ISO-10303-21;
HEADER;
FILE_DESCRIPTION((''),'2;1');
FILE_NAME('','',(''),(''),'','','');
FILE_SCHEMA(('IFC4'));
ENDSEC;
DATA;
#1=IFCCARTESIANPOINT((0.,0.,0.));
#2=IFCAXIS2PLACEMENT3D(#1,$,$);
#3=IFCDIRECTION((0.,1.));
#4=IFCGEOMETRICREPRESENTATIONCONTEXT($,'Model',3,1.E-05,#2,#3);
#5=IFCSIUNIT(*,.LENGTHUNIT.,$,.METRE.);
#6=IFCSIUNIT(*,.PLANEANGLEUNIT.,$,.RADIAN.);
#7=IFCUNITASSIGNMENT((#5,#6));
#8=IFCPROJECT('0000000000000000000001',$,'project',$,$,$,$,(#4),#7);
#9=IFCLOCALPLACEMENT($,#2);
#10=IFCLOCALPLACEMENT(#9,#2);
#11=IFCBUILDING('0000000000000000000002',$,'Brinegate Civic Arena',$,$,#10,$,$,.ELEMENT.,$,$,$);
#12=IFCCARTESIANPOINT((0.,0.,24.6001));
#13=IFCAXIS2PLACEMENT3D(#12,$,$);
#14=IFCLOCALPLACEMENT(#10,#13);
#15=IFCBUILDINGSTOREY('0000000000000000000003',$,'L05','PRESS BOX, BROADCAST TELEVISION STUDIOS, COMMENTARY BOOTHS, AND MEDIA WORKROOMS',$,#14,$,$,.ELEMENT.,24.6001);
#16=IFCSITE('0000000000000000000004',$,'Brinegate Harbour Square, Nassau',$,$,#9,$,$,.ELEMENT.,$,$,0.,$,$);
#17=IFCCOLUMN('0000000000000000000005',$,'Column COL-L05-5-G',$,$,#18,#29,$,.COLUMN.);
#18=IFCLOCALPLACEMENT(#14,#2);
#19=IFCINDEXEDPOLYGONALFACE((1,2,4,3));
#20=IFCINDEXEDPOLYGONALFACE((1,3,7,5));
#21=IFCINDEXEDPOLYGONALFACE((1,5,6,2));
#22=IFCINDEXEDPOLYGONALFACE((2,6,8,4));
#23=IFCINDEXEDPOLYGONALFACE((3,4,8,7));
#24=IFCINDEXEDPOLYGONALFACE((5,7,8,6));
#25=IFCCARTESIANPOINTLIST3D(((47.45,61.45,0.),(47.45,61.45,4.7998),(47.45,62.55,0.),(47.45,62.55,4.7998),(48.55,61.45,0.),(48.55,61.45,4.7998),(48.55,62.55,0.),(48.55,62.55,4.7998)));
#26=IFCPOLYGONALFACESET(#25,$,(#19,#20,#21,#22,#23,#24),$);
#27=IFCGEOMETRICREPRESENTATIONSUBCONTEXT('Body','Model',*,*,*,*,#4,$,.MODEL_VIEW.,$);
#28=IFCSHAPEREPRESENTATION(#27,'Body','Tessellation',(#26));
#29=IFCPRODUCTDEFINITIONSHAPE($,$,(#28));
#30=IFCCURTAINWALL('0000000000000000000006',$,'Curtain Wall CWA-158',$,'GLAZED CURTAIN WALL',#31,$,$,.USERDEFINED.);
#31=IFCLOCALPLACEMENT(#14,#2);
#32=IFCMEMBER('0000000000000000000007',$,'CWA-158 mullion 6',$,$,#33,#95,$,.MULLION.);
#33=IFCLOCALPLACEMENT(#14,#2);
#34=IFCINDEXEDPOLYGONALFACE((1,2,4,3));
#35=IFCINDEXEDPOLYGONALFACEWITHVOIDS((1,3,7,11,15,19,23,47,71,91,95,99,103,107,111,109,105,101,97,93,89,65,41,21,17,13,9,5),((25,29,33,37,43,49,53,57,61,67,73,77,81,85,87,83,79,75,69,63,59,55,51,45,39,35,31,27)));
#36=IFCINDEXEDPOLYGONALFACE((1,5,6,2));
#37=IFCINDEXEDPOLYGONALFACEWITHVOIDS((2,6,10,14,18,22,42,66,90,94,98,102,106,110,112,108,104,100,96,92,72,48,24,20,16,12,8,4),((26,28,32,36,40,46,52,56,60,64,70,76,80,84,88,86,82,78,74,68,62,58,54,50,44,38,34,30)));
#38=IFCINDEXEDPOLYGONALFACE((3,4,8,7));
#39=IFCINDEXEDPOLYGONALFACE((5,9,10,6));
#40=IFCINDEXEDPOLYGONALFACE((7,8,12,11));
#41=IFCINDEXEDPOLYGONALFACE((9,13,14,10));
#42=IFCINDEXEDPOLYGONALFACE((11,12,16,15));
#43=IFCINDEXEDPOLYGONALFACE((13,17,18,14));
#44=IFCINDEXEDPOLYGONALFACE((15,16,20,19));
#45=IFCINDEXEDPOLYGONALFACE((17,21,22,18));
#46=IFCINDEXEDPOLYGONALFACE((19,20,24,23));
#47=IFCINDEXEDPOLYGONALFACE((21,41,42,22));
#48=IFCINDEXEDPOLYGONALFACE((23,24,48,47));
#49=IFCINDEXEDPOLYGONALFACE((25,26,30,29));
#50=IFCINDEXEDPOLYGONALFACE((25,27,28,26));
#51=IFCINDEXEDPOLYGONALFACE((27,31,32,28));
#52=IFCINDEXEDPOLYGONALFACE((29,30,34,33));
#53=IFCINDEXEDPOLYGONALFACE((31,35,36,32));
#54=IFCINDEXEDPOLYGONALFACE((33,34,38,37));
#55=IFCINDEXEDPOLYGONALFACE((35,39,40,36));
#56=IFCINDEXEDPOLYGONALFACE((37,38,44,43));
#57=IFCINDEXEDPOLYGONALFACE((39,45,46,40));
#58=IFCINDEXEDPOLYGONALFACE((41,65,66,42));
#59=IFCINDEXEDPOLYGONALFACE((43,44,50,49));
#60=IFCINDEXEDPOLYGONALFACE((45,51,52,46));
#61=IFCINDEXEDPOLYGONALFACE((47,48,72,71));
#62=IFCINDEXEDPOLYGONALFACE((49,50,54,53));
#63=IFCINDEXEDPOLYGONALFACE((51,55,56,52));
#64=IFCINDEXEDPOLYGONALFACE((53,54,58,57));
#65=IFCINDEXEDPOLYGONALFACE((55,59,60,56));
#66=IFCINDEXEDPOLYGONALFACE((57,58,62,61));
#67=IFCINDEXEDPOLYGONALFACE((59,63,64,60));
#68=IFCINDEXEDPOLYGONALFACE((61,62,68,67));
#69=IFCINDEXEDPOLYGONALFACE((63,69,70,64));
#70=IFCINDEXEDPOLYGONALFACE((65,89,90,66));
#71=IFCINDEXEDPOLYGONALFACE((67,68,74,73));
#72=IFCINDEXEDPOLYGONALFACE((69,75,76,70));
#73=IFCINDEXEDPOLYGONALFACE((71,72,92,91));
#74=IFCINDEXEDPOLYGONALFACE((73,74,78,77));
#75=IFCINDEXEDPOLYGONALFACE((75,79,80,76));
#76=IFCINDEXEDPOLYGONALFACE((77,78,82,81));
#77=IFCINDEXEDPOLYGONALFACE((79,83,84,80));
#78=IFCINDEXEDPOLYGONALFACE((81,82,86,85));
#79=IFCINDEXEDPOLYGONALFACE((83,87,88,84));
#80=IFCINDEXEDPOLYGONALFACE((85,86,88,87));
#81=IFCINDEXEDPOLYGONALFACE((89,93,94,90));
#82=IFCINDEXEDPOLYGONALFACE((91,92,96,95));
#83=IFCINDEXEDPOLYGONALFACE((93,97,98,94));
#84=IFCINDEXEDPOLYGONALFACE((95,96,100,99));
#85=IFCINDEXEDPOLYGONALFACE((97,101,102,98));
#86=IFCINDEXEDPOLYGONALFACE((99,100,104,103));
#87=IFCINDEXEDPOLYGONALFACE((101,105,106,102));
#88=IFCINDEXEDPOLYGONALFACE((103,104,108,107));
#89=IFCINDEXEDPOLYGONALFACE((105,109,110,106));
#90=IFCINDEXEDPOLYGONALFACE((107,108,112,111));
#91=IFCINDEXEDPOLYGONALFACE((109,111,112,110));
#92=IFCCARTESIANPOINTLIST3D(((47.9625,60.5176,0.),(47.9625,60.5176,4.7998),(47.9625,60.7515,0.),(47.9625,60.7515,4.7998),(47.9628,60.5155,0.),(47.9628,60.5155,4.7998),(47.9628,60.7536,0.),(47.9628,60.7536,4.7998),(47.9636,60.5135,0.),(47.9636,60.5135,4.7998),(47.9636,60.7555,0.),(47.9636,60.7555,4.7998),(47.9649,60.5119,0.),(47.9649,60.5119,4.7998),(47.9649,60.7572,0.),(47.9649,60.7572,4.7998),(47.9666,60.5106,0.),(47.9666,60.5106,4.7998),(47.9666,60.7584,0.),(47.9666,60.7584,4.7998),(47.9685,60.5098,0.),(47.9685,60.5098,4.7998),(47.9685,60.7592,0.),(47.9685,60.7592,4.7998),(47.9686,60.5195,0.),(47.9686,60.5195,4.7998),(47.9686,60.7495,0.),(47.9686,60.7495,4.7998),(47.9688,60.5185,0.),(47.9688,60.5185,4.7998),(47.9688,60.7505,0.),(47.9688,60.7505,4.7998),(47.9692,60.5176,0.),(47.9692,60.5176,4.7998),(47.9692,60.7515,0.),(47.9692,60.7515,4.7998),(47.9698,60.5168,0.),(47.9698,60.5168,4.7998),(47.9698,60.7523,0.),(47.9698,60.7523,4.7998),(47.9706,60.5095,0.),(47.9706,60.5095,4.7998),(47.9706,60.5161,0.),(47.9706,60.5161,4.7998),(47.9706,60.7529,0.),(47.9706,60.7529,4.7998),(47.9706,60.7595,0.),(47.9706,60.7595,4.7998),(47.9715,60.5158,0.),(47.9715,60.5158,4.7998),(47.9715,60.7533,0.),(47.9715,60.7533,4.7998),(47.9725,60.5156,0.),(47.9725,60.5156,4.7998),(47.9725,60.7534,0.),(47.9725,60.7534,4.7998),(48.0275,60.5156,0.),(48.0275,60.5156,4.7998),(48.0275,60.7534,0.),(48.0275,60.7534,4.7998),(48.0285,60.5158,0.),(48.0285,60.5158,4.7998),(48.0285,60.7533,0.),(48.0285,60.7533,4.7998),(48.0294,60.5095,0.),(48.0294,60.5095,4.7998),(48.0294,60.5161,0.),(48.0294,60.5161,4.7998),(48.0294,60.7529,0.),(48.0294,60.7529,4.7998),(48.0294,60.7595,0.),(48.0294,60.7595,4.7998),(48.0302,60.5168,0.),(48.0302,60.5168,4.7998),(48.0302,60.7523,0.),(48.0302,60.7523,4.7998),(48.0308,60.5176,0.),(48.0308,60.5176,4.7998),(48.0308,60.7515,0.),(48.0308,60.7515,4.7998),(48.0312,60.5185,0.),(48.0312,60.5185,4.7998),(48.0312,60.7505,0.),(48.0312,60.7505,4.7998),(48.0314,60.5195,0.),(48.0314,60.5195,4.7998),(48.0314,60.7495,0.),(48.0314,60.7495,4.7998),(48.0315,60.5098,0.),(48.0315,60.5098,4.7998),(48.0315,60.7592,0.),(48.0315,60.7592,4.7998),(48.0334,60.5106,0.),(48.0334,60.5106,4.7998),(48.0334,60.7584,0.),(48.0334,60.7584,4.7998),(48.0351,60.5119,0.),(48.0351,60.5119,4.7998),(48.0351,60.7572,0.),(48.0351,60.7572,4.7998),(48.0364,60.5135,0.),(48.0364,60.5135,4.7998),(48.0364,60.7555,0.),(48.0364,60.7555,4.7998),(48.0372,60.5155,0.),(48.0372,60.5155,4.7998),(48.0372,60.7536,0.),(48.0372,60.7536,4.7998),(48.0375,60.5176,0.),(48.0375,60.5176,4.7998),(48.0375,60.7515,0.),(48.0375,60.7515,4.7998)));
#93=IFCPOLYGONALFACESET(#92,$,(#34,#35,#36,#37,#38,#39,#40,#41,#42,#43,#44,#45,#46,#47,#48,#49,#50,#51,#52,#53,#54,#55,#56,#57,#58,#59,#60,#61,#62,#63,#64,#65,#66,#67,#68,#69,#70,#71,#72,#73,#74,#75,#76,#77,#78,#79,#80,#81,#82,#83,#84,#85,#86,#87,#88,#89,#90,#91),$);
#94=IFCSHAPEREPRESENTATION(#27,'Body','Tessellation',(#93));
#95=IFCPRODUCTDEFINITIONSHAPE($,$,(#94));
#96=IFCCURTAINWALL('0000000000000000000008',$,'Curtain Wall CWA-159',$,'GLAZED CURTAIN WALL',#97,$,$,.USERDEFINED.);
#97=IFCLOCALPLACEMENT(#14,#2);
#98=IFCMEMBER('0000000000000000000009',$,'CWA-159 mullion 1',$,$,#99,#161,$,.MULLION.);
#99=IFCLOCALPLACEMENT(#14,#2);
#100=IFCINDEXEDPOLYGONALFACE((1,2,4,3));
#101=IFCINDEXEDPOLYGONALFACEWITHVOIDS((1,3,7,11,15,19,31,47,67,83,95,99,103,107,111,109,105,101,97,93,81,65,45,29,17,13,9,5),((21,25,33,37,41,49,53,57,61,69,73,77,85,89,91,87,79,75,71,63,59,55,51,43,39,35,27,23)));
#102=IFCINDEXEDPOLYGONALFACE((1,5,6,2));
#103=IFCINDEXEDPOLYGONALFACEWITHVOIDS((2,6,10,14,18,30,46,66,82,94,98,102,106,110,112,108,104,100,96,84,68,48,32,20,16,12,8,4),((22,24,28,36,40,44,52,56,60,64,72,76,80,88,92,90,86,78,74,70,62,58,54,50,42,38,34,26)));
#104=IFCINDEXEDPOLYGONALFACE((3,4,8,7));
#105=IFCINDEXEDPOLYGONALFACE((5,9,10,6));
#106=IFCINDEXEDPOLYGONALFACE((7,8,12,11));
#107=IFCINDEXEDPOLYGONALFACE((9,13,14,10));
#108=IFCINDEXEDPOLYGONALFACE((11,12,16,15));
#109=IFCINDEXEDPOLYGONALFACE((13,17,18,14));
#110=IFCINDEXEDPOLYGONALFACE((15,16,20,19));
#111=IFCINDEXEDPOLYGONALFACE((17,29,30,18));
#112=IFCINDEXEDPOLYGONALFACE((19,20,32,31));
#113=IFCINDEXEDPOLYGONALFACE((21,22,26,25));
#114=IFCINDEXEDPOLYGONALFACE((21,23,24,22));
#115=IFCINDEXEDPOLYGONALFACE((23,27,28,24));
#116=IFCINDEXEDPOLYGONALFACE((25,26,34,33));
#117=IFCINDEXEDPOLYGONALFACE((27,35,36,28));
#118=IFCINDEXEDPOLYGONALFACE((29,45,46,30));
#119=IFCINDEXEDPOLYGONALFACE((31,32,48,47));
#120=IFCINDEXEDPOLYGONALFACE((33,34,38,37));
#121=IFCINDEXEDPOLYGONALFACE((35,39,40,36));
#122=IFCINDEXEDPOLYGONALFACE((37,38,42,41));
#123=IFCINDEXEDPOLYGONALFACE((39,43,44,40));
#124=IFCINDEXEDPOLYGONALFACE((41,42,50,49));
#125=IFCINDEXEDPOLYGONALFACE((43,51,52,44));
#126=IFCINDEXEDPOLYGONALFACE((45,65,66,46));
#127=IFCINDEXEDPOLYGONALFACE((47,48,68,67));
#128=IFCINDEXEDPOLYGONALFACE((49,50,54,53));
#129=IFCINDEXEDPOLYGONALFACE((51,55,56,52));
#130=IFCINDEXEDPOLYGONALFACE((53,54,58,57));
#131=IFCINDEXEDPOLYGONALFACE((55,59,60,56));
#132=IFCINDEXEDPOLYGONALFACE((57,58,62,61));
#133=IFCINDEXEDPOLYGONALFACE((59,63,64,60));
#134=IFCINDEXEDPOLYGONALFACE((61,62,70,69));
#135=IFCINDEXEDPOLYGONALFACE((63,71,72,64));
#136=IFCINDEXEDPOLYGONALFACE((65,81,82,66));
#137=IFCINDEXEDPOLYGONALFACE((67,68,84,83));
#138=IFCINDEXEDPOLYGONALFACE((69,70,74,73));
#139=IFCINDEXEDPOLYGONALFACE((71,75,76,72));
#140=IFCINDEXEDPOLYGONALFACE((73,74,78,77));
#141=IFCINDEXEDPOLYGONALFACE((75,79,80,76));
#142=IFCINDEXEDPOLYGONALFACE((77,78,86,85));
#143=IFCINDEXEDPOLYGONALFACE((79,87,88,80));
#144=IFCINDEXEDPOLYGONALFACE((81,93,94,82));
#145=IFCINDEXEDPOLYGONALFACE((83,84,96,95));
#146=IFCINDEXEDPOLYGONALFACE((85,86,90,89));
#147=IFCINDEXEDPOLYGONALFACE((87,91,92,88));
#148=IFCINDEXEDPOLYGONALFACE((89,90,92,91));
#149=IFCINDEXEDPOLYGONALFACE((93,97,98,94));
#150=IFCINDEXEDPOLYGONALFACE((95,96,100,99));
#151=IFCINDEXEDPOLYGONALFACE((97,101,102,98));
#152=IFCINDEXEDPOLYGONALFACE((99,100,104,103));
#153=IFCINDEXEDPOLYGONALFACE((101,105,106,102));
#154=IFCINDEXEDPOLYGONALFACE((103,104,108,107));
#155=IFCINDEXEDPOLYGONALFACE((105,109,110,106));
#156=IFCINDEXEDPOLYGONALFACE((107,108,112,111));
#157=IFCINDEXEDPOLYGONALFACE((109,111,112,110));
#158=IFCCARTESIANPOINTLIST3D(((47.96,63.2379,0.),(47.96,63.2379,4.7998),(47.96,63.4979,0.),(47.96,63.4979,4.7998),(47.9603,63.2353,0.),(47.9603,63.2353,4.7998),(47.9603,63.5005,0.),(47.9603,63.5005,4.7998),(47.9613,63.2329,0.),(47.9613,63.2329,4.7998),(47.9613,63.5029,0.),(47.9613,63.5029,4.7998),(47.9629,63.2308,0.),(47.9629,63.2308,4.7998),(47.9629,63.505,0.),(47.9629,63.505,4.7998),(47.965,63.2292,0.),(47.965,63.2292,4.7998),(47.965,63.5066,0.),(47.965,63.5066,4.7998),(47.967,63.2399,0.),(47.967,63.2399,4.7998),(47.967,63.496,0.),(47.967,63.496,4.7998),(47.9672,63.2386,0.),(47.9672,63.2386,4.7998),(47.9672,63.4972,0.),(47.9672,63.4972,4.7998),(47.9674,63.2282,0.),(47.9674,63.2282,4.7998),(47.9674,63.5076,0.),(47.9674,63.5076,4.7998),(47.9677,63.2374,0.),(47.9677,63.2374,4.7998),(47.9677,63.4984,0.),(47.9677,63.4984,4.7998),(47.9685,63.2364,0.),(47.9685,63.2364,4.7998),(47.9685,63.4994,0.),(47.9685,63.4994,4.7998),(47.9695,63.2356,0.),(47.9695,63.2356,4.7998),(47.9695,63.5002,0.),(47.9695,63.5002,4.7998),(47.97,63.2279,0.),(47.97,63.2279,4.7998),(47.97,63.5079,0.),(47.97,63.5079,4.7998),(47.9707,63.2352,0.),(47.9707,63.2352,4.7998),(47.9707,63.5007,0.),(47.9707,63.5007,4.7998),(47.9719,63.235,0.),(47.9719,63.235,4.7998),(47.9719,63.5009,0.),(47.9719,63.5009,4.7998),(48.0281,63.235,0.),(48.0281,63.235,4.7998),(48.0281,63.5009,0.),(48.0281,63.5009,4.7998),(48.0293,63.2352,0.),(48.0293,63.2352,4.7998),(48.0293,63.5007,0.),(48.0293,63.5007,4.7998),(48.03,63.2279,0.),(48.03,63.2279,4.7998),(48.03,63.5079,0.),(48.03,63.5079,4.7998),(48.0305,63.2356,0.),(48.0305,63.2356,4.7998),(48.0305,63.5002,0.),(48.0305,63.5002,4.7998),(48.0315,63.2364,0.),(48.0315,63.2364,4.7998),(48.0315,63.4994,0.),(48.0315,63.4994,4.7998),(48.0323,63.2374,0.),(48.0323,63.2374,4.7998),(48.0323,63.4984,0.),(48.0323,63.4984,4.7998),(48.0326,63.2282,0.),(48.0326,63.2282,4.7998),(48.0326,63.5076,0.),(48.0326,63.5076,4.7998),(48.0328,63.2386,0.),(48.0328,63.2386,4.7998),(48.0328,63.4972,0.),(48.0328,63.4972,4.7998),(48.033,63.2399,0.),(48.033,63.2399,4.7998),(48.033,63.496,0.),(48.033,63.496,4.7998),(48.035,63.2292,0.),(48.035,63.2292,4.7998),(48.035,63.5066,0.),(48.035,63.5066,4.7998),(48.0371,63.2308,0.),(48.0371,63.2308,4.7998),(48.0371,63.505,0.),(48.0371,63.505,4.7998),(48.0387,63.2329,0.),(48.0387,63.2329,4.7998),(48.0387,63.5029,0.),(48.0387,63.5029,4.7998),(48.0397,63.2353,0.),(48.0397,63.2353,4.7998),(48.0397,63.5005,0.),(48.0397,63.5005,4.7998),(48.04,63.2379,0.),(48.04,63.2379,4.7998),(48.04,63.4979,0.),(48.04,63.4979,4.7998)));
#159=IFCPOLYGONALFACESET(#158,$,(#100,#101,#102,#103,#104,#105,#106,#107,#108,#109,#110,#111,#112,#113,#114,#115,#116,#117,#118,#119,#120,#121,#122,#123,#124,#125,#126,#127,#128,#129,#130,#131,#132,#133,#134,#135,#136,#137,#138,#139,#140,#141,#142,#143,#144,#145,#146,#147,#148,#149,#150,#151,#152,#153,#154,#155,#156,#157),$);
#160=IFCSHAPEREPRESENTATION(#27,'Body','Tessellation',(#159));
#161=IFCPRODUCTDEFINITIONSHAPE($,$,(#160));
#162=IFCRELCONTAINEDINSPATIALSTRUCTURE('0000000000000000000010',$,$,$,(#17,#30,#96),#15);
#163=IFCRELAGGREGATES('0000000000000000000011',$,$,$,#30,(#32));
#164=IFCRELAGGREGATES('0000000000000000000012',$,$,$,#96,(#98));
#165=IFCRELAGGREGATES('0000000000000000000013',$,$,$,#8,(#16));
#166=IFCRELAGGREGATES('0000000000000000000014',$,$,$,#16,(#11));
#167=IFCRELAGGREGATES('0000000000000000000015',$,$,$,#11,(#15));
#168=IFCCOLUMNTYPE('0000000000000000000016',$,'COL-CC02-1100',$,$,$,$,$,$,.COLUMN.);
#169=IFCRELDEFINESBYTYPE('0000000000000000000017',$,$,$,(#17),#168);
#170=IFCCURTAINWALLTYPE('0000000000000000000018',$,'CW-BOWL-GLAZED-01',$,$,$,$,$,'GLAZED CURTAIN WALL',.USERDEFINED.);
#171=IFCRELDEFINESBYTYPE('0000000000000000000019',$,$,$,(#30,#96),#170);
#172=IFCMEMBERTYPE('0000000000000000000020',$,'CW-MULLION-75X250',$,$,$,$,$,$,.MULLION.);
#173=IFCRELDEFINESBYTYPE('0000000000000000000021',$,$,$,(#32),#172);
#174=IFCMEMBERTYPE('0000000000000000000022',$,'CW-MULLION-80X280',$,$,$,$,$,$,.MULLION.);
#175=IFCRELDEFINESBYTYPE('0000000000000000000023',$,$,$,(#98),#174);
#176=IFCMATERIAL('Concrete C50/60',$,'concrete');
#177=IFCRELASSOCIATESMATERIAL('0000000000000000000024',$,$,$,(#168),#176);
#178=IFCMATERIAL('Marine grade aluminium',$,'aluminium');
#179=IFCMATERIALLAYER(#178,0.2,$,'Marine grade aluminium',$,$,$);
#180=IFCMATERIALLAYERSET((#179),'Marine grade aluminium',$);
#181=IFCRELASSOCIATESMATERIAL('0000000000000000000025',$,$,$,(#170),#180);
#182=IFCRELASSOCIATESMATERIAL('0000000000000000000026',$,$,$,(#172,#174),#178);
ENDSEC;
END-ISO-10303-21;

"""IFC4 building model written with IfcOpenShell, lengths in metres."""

from ifc_helpers import new_model, si_unit, direction, frame, origin, origin_2d, place, context, subcontext, project, spatial, rectangle, hollow_rectangle, extrude, material, layer, layer_set, material_profile, profile_set, type_object, element, aggregate, save


model = new_model("IFC4")

# Units and contexts
model_context = context("Model", 3, precision=1e-05, world=origin(), true_north=direction((0.0, 1.0)))
body_context = subcontext(model_context, "Body", "Model", "MODEL_VIEW")
ifc_project = project(units=[si_unit("LENGTHUNIT", "METRE"), si_unit("PLANEANGLEUNIT", "RADIAN")], contexts=[model_context])

# Site, building, storey
site_placement = place(None, origin())
site = spatial("IfcSite", under=ifc_project, at=site_placement, Name="Brinegate Harbour Square, Nassau", CompositionType="ELEMENT", RefElevation=0.0)
building_placement = place(site_placement, origin())
building = spatial("IfcBuilding", under=site, at=building_placement, Name="Brinegate Civic Arena", CompositionType="ELEMENT")
storey_placement = place(building_placement, frame((0.0, 0.0, 24.6001)))
storey = spatial("IfcBuildingStorey", under=building, at=storey_placement, Name="L05", Description="PRESS BOX, BROADCAST TELEVISION STUDIOS, COMMENTARY BOOTHS, AND MEDIA WORKROOMS", CompositionType="ELEMENT", Elevation=24.6001)

# Column
ifc_material_1 = material(Name="Concrete C50/60", Category="concrete")
ifc_material_profile_1 = material_profile(ifc_material_1, rectangle(XDim=1.1001, YDim=1.1001, at=origin_2d()), Name="RC1100X1100")
ifc_profile_set_1 = profile_set([ifc_material_profile_1], Name="Concrete C50/60")
column_type = type_object("IfcColumnType", Name="COL-CC02-1100", PredefinedType="COLUMN", material=ifc_profile_set_1)
column_placement = place(storey_placement, frame((48.0, 62.0, 0.0), z_axis=(0.0, 0.0, 1.0), x_axis=(1.0, 0.0, 0.0)))
element("IfcColumn", 1, at=column_placement, inside=storey, type_object=column_type, Name="Column COL-L05-5-G", PredefinedType="COLUMN", context=body_context, shape_type="SweptSolid", body=[
    extrude(rectangle(XDim=1.1001, YDim=1.1001, at=origin_2d()), origin(), (0.0, 0.0, 1.0), 4.7998),
])

# Curtain wall, member
ifc_material_2 = material(Name="Marine grade aluminium", Category="aluminium")
ifc_layer_1 = layer(ifc_material_2, 0.2, Name="Marine grade aluminium")
ifc_layer_set_1 = layer_set([ifc_layer_1], Name="Marine grade aluminium")
curtain_wall_type = type_object("IfcCurtainWallType", Name="CW-BOWL-GLAZED-01", ElementType="GLAZED CURTAIN WALL", PredefinedType="USERDEFINED", material=ifc_layer_set_1)
curtain_wall_1_placement = place(storey_placement, origin())
curtain_wall_1 = element("IfcCurtainWall", 2, at=curtain_wall_1_placement, inside=storey, type_object=curtain_wall_type, Name="Curtain Wall CWA-158", ObjectType="GLAZED CURTAIN WALL", PredefinedType="USERDEFINED")
ifc_material_profile_2 = material_profile(ifc_material_2, hollow_rectangle(XDim=0.075, YDim=0.25, WallThickness=0.0061, InnerFilletRadius=0.0039, OuterFilletRadius=0.0081, at=origin_2d()), Name="MUL75X250")
ifc_profile_set_2 = profile_set([ifc_material_profile_2], Name="Marine grade aluminium")
member_type_1 = type_object("IfcMemberType", Name="CW-MULLION-75X250", PredefinedType="MULLION", material=ifc_profile_set_2)
member_1_placement = place(storey_placement, frame((48.0, 60.6345, 0.0), z_axis=(0.0, 0.0, 1.0), x_axis=(-1.0, 0.0, 0.0)))
member_1 = element("IfcMember", 3, at=member_1_placement, type_object=member_type_1, Name="CWA-158 mullion 6", PredefinedType="MULLION", context=body_context, shape_type="SweptSolid", body=[
    extrude(hollow_rectangle(XDim=0.075, YDim=0.25, WallThickness=0.0061, InnerFilletRadius=0.0039, OuterFilletRadius=0.0081, at=origin_2d()), origin(), (0.0, 0.0, 1.0), 4.7998),
])

# Curtain wall, member
curtain_wall_2_placement = place(storey_placement, origin())
curtain_wall_2 = element("IfcCurtainWall", 4, at=curtain_wall_2_placement, inside=storey, type_object=curtain_wall_type, Name="Curtain Wall CWA-159", ObjectType="GLAZED CURTAIN WALL", PredefinedType="USERDEFINED")
ifc_material_profile_3 = material_profile(ifc_material_2, hollow_rectangle(XDim=0.0801, YDim=0.28, WallThickness=0.0071, InnerFilletRadius=0.0049, OuterFilletRadius=0.01, at=origin_2d()), Name="MUL80X280")
ifc_profile_set_3 = profile_set([ifc_material_profile_3], Name="Marine grade aluminium")
member_type_2 = type_object("IfcMemberType", Name="CW-MULLION-80X280", PredefinedType="MULLION", material=ifc_profile_set_3)
member_2_placement = place(storey_placement, frame((48.0, 63.3679, 0.0), z_axis=(0.0, 0.0, 1.0), x_axis=(-1.0, 0.0, 0.0)))
member_2 = element("IfcMember", 5, at=member_2_placement, type_object=member_type_2, Name="CWA-159 mullion 1", PredefinedType="MULLION", context=body_context, shape_type="SweptSolid", body=[
    extrude(hollow_rectangle(XDim=0.0801, YDim=0.28, WallThickness=0.0071, InnerFilletRadius=0.0049, OuterFilletRadius=0.01, at=origin_2d()), origin(), (0.0, 0.0, 1.0), 4.7998),
])

aggregate(curtain_wall_1, [member_1])
aggregate(curtain_wall_2, [member_2])

save(model, "model.ifc")
